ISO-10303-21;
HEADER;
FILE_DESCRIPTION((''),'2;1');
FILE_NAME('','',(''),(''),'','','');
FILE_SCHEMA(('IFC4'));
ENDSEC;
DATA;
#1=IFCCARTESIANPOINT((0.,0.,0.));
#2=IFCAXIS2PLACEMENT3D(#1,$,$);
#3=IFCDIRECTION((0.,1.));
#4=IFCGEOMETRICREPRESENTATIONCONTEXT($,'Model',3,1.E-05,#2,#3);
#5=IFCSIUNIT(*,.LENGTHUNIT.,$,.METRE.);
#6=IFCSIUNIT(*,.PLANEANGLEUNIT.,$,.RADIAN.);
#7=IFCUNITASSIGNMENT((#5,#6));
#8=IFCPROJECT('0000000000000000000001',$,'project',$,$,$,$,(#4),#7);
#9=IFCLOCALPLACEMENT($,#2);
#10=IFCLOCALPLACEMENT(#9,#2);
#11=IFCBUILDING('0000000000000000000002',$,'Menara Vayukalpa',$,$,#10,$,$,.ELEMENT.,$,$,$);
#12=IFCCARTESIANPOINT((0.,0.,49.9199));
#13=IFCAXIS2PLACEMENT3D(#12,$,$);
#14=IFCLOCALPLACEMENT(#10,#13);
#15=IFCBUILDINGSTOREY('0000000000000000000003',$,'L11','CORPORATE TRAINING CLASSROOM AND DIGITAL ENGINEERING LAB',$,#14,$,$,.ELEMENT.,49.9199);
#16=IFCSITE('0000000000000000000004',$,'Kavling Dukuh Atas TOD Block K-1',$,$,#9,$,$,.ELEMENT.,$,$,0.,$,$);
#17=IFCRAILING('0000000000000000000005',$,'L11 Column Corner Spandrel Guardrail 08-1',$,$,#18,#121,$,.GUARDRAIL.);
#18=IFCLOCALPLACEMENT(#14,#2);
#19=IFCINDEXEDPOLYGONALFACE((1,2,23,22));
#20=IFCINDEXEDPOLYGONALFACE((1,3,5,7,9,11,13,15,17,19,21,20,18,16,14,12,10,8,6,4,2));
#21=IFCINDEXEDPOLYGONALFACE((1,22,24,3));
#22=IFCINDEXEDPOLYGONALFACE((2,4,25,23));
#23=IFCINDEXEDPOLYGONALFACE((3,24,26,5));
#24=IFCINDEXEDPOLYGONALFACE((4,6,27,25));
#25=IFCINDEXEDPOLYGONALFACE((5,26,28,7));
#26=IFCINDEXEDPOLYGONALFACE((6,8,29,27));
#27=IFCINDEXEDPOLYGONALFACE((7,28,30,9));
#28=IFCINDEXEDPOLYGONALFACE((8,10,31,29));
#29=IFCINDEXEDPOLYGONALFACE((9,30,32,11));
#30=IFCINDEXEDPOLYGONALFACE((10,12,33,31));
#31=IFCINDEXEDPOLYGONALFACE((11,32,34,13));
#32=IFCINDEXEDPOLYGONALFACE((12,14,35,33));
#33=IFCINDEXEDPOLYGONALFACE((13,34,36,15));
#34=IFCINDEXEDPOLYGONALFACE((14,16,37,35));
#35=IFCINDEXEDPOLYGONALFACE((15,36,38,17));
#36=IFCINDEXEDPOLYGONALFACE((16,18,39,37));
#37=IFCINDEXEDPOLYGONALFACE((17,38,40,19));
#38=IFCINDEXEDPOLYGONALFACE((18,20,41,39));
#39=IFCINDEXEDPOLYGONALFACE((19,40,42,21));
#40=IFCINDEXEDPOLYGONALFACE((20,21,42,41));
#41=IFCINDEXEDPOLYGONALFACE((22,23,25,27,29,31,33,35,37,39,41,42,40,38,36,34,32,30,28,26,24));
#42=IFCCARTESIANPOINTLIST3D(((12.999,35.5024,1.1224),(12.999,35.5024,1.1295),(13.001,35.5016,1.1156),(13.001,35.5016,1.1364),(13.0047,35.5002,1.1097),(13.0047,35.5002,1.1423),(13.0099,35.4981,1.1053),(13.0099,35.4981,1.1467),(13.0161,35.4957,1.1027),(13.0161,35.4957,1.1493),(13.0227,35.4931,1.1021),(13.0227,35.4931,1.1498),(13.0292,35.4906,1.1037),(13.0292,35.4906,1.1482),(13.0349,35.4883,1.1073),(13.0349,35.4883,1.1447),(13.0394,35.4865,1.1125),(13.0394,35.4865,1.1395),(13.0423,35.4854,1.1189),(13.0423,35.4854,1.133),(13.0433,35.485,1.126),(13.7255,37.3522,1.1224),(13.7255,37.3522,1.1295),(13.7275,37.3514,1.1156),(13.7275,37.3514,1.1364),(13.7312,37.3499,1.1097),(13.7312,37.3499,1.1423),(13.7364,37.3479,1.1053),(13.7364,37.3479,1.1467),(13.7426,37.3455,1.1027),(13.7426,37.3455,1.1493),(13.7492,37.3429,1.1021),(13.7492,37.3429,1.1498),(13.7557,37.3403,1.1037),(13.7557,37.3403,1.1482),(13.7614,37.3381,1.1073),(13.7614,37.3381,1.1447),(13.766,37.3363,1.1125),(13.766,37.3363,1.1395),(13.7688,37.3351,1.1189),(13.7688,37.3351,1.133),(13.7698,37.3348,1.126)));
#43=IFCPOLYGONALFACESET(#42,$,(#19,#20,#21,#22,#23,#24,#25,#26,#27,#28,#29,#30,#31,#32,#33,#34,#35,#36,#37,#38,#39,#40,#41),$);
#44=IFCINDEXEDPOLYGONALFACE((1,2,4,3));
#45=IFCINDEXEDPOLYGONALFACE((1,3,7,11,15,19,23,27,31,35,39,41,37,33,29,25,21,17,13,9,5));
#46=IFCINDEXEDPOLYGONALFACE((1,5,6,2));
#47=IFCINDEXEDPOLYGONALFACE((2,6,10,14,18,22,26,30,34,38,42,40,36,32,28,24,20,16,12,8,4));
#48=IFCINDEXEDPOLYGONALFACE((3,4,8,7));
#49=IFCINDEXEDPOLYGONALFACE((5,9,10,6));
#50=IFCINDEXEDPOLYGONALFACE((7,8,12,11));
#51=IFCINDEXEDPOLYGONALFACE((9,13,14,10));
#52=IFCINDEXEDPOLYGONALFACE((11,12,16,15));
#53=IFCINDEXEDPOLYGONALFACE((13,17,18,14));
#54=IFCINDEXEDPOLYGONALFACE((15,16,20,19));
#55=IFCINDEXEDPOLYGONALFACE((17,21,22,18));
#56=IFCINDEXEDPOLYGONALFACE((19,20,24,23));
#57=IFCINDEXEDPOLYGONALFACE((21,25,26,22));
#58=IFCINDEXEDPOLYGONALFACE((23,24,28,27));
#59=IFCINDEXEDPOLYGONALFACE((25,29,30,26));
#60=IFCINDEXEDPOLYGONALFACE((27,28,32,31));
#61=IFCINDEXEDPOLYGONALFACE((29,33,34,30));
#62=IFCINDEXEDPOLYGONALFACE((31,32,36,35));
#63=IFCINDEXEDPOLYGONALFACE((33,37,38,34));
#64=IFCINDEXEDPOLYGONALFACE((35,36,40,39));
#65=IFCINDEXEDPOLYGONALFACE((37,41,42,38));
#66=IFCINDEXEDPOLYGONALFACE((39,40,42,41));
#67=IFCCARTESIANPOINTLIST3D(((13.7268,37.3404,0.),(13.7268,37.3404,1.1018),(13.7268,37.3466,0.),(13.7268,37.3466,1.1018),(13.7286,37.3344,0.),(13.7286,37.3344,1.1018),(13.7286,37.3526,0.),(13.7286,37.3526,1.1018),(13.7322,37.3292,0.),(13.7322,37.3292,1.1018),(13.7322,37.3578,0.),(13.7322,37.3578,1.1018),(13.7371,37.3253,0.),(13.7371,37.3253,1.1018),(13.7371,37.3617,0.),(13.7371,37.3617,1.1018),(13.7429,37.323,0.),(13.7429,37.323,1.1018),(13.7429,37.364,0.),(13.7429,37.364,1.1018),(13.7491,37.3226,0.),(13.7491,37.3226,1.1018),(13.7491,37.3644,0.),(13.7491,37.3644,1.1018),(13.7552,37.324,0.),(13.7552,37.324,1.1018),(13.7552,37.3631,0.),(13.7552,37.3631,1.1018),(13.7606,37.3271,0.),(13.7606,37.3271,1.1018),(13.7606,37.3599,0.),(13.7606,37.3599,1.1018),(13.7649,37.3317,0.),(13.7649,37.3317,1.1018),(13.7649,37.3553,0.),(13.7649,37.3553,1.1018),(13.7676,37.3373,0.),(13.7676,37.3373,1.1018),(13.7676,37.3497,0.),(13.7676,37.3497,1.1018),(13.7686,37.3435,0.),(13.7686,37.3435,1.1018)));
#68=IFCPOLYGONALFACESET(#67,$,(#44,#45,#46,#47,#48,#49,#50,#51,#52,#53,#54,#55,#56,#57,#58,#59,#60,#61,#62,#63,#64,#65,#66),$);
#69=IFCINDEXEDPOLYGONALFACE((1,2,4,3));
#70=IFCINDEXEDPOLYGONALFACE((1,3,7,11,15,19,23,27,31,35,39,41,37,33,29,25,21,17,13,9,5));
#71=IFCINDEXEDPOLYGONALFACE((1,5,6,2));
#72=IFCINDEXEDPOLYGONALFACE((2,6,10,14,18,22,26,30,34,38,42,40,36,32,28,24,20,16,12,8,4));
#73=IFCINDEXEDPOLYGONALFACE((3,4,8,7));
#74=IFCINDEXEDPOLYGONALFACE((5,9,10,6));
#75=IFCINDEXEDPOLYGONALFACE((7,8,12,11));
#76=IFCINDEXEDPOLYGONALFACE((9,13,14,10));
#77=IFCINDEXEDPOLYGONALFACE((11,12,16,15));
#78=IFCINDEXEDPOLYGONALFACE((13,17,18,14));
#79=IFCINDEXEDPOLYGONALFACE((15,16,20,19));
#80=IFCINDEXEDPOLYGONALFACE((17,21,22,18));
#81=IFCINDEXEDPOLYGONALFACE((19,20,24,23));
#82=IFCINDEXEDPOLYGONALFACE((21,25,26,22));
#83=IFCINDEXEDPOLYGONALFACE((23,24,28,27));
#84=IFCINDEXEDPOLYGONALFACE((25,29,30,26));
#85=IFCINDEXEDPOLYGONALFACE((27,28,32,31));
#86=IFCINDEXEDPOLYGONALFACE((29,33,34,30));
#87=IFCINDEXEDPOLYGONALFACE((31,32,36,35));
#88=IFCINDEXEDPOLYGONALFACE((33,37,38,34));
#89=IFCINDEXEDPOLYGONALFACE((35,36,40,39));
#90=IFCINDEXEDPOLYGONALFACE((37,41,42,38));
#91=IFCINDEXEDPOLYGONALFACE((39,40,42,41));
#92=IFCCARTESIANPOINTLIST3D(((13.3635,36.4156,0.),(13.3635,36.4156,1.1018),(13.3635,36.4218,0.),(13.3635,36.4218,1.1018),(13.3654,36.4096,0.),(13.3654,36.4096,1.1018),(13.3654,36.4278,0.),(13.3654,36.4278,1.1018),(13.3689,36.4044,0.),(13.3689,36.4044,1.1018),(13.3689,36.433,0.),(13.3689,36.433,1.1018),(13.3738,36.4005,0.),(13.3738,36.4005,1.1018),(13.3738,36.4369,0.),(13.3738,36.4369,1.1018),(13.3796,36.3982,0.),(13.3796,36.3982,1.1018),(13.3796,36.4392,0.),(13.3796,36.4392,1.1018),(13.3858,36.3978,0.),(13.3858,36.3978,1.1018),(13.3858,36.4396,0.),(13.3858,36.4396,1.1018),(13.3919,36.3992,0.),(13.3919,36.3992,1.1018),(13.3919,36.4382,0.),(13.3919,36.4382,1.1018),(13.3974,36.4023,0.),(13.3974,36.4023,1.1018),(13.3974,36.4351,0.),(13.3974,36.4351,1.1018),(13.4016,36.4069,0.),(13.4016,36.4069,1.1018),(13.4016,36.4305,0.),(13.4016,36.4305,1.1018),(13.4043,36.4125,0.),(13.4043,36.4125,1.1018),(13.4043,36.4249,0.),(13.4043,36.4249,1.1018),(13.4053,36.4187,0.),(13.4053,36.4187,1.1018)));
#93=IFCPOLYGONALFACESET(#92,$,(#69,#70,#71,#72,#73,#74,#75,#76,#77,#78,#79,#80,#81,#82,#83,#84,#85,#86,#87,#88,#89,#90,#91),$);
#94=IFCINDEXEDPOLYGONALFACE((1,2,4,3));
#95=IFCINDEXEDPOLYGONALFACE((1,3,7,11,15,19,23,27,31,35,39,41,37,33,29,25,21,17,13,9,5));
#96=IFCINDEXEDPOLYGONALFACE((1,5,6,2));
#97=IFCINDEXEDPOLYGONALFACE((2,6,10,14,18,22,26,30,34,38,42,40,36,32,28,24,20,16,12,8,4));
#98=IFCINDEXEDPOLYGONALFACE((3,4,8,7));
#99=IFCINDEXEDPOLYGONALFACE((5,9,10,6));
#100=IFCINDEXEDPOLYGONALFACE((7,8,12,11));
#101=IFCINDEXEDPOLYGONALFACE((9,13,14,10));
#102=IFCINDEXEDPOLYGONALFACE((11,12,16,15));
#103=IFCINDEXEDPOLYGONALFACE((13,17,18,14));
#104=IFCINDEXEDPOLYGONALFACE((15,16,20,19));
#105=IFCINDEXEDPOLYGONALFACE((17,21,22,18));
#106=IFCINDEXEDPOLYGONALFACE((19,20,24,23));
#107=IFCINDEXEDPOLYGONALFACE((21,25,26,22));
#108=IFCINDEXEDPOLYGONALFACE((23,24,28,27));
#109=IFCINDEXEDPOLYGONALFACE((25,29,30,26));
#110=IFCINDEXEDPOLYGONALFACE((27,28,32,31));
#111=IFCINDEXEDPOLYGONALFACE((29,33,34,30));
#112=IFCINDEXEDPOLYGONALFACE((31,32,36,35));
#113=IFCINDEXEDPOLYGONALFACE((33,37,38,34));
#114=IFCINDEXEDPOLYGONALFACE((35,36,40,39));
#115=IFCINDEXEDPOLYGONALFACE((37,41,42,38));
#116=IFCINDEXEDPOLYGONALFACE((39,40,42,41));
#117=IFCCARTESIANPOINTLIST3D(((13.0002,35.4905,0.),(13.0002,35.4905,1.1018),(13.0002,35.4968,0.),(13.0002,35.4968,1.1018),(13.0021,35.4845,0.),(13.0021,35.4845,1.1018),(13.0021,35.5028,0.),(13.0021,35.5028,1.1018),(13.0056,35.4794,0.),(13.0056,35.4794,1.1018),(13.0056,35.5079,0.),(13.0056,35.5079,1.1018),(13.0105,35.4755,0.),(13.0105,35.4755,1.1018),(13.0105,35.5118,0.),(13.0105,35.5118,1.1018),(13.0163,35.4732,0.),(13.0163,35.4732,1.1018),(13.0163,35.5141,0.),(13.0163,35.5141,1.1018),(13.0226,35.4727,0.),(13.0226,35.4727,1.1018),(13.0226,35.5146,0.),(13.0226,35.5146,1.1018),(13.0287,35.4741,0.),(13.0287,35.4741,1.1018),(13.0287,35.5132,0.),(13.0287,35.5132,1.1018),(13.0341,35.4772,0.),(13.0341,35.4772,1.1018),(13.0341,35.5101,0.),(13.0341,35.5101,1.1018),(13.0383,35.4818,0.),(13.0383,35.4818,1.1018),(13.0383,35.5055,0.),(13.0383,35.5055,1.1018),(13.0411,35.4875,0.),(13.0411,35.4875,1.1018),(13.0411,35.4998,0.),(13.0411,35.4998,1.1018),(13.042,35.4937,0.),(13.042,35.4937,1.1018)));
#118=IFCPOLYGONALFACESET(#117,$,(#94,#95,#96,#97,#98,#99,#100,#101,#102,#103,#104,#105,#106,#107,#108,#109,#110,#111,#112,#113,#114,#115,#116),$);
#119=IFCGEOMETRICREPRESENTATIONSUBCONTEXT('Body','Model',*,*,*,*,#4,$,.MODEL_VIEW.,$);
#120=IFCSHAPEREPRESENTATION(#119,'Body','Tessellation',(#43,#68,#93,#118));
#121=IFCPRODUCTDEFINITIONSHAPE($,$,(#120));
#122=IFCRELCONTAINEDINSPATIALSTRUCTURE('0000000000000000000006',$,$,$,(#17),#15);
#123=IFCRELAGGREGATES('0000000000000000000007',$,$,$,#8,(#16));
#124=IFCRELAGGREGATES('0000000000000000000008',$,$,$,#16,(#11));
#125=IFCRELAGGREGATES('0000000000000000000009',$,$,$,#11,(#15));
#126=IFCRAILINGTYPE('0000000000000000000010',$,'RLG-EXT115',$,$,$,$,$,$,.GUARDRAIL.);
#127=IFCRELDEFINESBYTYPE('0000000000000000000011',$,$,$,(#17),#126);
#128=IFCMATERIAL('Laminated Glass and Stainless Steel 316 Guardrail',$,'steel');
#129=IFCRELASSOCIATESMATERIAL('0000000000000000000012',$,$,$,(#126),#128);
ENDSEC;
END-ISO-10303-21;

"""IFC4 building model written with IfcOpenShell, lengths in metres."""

from ifc_helpers import new_model, si_unit, direction, frame, origin, origin_2d, place, context, subcontext, project, spatial, circle, extrude, material, type_object, element, save


model = new_model("IFC4")

# Units and contexts
model_context = context("Model", 3, precision=1e-05, world=origin(), true_north=direction((0.0, 1.0)))
body_context = subcontext(model_context, "Body", "Model", "MODEL_VIEW")
ifc_project = project(units=[si_unit("LENGTHUNIT", "METRE"), si_unit("PLANEANGLEUNIT", "RADIAN")], contexts=[model_context])

# Site, building, storey
site_placement = place(None, origin())
site = spatial("IfcSite", under=ifc_project, at=site_placement, Name="Kavling Dukuh Atas TOD Block K-1", CompositionType="ELEMENT", RefElevation=0.0)
building_placement = place(site_placement, origin())
building = spatial("IfcBuilding", under=site, at=building_placement, Name="Menara Vayukalpa", CompositionType="ELEMENT")
storey_placement = place(building_placement, frame((0.0, 0.0, 49.9199)))
storey = spatial("IfcBuildingStorey", under=building, at=storey_placement, Name="L11", Description="CORPORATE TRAINING CLASSROOM AND DIGITAL ENGINEERING LAB", CompositionType="ELEMENT", Elevation=49.9199)

# Railing
ifc_material_1 = material(Name="Laminated Glass and Stainless Steel 316 Guardrail", Category="steel")
railing_type = type_object("IfcRailingType", Name="RLG-EXT115", PredefinedType="GUARDRAIL", material=ifc_material_1)
railing_1_placement = place(storey_placement, frame((13.7476, 37.3435, 0.0)))
element("IfcRailing", 1, at=railing_1_placement, inside=storey, type_object=railing_type, Name="L11 Column Corner Spandrel Guardrail 08-1", PredefinedType="GUARDRAIL", context=body_context, shape_type="SweptSolid", body=[
    extrude(circle(Radius=0.0239, at=origin_2d()), frame((0.0, 0.0, 1.126), z_axis=(-0.36558, -0.93078, 0.0), x_axis=(0.93078, -0.36558, 0.0)), (0.0, 0.0, 1.0), 1.9873),
    extrude(circle(Radius=0.021, at=origin_2d()), origin(), (0.0, 0.0, 1.0), 1.1018),
    extrude(circle(Radius=0.021, at=origin_2d()), frame((-0.3633, -0.9248, 0.0)), (0.0, 0.0, 1.0), 1.1018),
    extrude(circle(Radius=0.021, at=origin_2d()), frame((-0.7266, -1.8499, 0.0)), (0.0, 0.0, 1.0), 1.1018),
])

save(model, "model.ifc")
